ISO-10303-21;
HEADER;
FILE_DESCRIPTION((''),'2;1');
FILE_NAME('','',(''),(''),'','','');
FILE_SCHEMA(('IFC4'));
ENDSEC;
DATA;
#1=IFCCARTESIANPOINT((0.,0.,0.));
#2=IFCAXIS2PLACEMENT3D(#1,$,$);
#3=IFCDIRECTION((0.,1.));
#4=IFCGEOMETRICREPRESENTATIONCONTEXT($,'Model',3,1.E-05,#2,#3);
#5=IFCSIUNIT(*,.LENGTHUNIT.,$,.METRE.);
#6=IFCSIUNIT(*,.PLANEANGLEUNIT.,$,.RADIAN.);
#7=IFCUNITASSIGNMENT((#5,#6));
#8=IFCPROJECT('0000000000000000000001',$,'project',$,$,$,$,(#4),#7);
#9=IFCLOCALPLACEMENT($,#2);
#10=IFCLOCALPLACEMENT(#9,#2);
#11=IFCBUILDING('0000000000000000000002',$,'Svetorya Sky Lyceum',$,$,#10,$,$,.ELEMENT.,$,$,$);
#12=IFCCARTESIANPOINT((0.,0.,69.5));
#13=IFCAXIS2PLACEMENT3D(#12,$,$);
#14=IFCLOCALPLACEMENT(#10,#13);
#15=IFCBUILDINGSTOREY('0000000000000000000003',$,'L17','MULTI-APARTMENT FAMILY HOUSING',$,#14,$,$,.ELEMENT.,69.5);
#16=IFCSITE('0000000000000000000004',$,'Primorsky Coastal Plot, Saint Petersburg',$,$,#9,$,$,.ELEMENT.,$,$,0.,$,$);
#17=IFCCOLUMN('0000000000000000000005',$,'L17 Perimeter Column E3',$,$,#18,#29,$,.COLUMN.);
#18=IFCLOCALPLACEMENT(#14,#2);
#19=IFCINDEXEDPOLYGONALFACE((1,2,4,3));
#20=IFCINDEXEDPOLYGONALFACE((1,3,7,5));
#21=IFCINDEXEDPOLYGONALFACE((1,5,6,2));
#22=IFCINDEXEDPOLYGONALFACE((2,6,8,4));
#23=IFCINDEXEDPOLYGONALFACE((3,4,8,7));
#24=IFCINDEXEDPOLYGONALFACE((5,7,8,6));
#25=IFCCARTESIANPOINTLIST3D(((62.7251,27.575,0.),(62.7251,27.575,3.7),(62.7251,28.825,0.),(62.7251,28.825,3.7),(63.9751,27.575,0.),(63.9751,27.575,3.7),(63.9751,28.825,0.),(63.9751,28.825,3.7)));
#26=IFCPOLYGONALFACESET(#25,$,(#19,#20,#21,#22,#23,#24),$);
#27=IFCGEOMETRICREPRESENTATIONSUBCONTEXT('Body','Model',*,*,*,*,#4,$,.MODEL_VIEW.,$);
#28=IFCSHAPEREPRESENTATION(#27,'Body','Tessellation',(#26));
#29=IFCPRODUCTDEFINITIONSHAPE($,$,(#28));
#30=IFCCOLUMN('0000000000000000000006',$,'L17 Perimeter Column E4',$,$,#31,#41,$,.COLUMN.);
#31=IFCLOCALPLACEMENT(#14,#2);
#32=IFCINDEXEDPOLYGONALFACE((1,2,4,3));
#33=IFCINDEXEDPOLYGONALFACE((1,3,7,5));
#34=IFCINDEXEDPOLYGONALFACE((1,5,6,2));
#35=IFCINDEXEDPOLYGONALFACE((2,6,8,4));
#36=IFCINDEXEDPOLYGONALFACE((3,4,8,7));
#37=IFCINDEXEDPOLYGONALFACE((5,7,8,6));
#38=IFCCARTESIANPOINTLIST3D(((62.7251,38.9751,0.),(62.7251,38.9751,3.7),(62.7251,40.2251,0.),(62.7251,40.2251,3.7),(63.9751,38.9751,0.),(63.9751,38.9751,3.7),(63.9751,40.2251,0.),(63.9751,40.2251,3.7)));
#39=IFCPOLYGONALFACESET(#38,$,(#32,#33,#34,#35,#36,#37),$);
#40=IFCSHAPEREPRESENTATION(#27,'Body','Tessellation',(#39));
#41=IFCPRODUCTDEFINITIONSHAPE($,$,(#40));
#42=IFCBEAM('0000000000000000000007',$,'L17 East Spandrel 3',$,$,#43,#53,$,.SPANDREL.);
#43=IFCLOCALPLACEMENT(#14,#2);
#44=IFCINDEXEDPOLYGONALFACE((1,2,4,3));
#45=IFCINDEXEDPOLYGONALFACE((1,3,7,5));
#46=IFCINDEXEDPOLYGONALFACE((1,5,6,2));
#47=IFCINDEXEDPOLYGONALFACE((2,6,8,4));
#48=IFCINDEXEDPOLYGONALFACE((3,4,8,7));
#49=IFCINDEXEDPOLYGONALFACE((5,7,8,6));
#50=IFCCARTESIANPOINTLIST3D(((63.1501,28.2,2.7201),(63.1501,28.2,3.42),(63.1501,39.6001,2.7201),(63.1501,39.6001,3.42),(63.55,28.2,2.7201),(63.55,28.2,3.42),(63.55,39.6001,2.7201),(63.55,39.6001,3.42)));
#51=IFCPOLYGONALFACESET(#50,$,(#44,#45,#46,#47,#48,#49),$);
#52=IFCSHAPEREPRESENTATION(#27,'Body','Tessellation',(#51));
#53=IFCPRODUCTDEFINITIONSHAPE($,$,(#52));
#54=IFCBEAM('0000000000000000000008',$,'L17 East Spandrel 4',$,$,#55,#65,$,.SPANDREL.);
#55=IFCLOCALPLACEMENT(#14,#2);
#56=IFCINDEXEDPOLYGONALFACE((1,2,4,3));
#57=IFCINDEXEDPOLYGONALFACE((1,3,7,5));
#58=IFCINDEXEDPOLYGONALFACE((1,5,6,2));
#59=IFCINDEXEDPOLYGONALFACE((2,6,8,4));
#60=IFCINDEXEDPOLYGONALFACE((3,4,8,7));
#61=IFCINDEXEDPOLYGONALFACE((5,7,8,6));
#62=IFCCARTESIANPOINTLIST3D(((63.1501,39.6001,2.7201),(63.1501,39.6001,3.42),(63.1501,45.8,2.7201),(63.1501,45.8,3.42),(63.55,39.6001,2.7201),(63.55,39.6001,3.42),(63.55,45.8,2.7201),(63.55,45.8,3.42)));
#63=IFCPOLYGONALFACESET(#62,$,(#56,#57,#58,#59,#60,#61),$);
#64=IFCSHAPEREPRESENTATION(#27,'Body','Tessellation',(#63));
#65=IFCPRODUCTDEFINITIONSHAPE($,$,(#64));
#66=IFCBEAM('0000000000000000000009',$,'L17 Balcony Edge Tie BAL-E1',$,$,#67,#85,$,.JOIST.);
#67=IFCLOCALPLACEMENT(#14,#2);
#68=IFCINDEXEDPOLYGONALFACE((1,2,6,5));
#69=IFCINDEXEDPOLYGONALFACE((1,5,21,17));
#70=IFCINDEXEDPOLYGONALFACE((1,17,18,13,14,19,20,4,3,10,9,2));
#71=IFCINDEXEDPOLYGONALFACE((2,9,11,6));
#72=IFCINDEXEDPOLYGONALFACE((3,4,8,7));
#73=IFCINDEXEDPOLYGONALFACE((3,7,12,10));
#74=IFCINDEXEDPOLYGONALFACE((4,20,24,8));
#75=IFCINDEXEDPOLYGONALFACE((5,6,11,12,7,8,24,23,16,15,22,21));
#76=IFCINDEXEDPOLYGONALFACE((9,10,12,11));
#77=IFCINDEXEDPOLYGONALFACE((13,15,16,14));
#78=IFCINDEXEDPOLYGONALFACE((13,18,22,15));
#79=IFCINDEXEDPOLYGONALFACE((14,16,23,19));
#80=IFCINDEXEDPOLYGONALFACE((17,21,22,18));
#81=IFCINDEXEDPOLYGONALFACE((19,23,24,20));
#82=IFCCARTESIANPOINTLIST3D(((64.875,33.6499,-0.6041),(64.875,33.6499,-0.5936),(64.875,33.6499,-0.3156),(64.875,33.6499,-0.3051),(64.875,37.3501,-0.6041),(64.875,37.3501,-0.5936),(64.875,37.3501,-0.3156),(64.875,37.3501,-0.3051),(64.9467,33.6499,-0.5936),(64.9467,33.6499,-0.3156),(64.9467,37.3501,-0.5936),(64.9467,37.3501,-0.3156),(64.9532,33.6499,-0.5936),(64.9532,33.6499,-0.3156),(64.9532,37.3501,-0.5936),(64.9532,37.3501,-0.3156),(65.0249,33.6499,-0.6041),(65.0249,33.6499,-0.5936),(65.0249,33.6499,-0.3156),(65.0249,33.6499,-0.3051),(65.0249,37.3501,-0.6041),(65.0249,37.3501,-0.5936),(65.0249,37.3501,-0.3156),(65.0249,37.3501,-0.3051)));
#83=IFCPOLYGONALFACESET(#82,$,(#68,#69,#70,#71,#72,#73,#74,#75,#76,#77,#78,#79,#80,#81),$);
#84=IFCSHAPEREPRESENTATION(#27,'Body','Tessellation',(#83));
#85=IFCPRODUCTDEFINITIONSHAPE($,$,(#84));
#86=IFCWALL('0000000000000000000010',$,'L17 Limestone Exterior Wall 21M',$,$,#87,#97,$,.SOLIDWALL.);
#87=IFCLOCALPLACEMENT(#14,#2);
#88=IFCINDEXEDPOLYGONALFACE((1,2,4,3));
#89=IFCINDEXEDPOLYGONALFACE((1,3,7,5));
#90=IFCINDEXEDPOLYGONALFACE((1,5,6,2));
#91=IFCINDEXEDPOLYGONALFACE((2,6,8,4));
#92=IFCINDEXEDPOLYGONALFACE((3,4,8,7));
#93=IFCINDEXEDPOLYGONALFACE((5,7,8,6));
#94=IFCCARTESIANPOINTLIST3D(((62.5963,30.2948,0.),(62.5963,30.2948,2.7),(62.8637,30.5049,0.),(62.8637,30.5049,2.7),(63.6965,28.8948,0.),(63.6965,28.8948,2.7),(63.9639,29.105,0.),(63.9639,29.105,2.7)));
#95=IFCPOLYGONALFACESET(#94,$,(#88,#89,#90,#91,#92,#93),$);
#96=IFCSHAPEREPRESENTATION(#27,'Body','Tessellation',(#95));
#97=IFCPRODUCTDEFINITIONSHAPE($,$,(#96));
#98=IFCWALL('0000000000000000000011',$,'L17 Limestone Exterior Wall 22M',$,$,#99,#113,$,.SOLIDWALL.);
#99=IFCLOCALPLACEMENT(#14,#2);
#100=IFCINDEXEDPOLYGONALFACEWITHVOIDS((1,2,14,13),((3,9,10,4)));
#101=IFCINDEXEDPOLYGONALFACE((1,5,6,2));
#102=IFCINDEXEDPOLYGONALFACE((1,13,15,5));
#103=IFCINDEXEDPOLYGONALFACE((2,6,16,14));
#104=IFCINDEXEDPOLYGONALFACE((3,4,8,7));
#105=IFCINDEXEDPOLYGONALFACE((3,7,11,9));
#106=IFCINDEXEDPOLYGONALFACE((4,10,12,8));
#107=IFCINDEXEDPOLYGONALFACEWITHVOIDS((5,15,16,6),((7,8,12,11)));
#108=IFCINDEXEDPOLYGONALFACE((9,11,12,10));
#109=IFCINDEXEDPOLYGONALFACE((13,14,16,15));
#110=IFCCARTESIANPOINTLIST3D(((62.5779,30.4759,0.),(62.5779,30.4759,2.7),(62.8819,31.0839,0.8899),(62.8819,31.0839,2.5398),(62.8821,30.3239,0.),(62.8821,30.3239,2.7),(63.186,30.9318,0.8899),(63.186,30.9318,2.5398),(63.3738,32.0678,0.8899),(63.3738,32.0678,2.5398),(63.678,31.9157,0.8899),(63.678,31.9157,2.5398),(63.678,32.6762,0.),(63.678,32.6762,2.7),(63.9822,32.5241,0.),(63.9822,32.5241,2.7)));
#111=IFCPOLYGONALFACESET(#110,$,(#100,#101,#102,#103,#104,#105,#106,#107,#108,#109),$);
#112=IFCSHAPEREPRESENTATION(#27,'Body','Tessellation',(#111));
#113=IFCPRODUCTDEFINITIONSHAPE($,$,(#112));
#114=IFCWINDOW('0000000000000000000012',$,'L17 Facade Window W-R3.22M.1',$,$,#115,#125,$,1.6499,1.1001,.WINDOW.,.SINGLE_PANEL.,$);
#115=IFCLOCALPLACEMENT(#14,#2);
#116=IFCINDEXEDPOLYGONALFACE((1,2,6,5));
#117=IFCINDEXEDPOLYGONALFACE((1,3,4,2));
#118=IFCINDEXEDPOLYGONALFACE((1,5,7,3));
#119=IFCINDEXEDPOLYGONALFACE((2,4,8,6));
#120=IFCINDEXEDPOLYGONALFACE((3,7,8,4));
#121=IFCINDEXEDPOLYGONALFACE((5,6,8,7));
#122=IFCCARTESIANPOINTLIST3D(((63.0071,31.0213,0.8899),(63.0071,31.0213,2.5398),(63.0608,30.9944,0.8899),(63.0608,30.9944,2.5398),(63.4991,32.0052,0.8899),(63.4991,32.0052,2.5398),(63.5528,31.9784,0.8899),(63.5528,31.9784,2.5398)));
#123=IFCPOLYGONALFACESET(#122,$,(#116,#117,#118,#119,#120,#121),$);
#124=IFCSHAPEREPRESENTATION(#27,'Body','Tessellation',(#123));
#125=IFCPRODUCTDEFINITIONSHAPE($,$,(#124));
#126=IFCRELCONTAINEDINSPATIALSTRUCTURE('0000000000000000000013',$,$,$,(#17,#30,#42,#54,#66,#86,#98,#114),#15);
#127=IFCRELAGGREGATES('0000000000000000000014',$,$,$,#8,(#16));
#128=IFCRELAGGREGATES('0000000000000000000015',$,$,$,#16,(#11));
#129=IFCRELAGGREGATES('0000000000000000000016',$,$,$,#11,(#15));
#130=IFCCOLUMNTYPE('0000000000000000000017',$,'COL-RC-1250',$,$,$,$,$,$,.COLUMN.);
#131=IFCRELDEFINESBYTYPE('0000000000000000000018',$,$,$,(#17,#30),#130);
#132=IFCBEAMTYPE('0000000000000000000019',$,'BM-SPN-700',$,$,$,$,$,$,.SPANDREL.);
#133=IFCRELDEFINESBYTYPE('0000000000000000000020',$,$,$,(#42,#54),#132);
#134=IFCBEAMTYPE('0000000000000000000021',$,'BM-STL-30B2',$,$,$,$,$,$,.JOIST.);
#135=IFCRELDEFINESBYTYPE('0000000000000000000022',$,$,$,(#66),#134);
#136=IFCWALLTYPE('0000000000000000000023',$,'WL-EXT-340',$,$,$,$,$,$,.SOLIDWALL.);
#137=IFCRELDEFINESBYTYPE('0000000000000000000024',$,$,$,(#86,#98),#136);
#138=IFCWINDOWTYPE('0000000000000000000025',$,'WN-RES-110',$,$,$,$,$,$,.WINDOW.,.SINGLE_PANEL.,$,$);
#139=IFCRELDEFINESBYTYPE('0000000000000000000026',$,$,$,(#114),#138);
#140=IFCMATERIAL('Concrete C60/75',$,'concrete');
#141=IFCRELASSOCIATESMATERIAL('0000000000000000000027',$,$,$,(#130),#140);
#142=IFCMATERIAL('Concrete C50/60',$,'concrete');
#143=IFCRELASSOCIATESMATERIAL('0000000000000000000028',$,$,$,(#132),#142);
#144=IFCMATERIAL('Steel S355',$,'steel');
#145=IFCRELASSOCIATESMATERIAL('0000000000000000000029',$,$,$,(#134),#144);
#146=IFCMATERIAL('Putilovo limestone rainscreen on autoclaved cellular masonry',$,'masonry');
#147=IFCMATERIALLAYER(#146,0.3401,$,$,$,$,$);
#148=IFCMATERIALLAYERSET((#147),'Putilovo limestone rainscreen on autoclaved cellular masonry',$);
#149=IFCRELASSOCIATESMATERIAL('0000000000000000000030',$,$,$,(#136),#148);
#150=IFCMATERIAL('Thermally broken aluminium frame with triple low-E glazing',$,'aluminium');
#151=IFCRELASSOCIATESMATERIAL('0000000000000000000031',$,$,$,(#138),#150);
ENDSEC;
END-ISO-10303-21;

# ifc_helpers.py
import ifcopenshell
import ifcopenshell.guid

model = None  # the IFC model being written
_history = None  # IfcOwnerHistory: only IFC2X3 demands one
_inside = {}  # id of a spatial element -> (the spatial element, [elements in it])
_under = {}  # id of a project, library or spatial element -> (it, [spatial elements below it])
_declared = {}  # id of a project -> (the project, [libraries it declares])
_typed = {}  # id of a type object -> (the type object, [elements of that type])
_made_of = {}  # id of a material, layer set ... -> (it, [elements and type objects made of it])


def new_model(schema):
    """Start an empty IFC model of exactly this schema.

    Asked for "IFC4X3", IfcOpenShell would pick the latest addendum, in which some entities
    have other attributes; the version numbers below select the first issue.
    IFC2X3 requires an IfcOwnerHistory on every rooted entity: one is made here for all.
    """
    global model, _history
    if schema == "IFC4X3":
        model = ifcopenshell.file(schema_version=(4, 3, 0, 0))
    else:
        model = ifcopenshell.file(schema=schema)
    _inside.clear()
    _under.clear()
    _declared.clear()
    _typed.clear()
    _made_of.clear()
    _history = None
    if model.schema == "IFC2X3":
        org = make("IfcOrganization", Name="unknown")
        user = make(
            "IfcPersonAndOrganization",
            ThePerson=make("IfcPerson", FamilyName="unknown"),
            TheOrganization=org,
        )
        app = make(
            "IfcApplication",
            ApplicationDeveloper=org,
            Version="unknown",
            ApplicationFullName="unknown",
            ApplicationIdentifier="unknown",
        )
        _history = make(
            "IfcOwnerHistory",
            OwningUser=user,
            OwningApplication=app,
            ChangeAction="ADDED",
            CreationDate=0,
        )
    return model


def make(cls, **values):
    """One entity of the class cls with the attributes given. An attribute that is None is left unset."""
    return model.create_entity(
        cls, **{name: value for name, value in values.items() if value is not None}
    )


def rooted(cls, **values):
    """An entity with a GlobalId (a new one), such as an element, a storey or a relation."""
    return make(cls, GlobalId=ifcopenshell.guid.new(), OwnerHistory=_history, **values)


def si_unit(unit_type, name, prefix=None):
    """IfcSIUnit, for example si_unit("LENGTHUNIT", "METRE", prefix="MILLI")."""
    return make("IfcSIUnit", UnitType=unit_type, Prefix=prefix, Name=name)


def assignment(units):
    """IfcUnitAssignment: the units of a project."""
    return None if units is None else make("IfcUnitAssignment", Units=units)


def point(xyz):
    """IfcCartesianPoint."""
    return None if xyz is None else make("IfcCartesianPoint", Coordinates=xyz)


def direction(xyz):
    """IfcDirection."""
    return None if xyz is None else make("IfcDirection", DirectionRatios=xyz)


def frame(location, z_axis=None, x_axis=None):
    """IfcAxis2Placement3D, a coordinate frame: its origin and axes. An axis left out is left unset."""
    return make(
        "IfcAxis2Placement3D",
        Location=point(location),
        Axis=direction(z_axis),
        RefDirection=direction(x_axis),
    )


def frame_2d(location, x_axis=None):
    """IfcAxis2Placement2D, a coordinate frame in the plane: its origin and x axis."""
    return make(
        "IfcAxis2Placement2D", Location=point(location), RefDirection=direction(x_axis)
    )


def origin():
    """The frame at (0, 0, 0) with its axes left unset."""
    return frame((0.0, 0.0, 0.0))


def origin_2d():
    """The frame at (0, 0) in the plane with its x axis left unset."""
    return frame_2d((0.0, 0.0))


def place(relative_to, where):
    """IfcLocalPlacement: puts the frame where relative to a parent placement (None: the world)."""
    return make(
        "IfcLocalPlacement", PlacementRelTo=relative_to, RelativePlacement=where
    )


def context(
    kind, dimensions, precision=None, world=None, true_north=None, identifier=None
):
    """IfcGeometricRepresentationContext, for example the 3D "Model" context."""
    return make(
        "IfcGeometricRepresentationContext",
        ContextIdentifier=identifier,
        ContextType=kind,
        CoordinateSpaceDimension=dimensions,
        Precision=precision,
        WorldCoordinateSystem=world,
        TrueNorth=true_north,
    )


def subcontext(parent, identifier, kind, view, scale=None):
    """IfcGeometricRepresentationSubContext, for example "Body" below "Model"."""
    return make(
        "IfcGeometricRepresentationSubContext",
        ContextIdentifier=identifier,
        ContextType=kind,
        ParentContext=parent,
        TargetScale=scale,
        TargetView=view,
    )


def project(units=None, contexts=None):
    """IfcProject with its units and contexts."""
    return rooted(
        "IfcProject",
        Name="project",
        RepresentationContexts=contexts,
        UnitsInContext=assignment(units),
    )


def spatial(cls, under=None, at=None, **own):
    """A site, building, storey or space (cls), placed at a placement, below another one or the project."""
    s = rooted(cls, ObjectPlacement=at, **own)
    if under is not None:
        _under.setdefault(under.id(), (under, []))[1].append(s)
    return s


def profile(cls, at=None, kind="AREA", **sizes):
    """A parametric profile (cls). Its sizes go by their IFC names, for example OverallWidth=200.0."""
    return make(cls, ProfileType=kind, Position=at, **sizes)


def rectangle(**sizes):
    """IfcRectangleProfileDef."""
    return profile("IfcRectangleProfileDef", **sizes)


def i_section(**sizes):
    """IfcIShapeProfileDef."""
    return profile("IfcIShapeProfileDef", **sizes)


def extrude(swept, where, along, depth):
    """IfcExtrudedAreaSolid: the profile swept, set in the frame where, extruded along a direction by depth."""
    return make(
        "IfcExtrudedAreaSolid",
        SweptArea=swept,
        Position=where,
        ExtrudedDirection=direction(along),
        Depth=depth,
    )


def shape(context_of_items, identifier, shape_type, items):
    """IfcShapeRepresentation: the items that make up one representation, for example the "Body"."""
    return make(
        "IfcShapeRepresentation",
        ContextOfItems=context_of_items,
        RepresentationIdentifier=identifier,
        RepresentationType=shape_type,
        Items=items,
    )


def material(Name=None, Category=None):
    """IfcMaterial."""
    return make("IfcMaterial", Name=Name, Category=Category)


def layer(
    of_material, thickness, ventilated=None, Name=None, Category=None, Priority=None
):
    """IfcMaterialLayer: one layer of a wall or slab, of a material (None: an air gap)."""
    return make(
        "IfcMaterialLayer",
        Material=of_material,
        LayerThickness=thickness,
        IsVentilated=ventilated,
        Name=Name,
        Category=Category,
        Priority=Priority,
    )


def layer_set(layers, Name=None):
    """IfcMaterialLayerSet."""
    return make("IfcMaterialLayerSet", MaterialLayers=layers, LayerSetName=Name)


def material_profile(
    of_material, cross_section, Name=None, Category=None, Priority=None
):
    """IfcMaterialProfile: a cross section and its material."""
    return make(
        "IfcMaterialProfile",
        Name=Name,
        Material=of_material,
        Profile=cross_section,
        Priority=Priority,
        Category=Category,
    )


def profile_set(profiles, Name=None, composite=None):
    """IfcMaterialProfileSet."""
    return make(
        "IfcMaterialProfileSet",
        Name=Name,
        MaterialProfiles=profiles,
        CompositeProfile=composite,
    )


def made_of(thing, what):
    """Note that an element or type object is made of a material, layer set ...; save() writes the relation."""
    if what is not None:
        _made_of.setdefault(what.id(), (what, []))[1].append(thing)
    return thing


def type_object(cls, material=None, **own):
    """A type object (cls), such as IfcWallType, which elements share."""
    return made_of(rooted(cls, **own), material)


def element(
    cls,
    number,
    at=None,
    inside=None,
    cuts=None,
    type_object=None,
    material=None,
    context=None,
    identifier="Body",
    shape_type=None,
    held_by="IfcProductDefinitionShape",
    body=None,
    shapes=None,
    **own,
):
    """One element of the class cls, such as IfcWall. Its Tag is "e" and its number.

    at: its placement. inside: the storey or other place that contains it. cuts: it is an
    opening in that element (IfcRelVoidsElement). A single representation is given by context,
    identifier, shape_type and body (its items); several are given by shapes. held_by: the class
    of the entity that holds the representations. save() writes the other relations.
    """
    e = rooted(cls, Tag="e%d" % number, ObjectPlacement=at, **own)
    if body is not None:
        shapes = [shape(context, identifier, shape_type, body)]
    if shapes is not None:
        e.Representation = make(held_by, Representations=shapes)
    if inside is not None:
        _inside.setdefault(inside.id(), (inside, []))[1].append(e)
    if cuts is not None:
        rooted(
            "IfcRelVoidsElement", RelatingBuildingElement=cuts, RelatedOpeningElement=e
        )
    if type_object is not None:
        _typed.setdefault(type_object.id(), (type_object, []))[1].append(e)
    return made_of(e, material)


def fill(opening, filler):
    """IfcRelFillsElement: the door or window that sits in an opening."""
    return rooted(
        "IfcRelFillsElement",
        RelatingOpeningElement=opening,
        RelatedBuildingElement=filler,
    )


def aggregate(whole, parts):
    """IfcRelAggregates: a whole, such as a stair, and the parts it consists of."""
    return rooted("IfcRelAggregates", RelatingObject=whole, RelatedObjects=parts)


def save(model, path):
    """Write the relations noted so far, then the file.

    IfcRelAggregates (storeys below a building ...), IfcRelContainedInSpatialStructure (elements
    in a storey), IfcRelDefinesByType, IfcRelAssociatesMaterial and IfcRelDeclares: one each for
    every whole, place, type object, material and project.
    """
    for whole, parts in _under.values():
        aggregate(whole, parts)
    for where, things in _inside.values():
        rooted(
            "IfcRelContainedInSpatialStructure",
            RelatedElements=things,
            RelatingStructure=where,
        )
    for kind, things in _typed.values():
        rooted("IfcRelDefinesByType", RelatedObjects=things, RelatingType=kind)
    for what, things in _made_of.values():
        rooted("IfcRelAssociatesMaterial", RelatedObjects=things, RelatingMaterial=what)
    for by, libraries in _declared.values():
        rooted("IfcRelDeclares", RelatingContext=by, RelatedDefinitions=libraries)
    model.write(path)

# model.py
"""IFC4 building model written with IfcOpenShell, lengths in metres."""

from ifc_helpers import new_model, si_unit, direction, frame, frame_2d, origin, origin_2d, place, context, subcontext, project, spatial, rectangle, i_section, extrude, material, layer, layer_set, material_profile, profile_set, type_object, element, fill, save


model = new_model("IFC4")

# Units and contexts
model_context = context("Model", 3, precision=1e-05, world=origin(), true_north=direction((0.0, 1.0)))
body_context = subcontext(model_context, "Body", "Model", "MODEL_VIEW")
ifc_project = project(units=[si_unit("LENGTHUNIT", "METRE"), si_unit("PLANEANGLEUNIT", "RADIAN")], contexts=[model_context])

# Site, building, storey
site_placement = place(None, origin())
site = spatial("IfcSite", under=ifc_project, at=site_placement, Name="Primorsky Coastal Plot, Saint Petersburg", CompositionType="ELEMENT", RefElevation=0.0)
building_placement = place(site_placement, origin())
building = spatial("IfcBuilding", under=site, at=building_placement, Name="Svetorya Sky Lyceum", CompositionType="ELEMENT")
storey_placement = place(building_placement, frame((0.0, 0.0, 69.5)))
storey = spatial("IfcBuildingStorey", under=building, at=storey_placement, Name="L17", Description="MULTI-APARTMENT FAMILY HOUSING", CompositionType="ELEMENT", Elevation=69.5)

# Columns
ifc_material_1 = material(Name="Concrete C60/75", Category="concrete")
ifc_material_profile_1 = material_profile(ifc_material_1, rectangle(XDim=1.25, YDim=1.25, at=origin_2d()), Name="RC COL 1250x1250")
ifc_profile_set_1 = profile_set([ifc_material_profile_1], Name="Concrete C60/75")
column_type = type_object("IfcColumnType", Name="COL-RC-1250", PredefinedType="COLUMN", material=ifc_profile_set_1)
for number, where, z_axis, x_axis, name in (
    (1, (63.3501, 28.2, 0.0), (0.0, 0.0, 1.0), (1.0, 0.0, 0.0), "L17 Perimeter Column E3"),
    (2, (63.3501, 39.6001, 0.0), (0.0, 0.0, 1.0), (1.0, 0.0, 0.0), "L17 Perimeter Column E4"),
):
    element("IfcColumn", number, at=place(storey_placement, frame(where, z_axis=z_axis, x_axis=x_axis)), inside=storey, type_object=column_type, Name=name, PredefinedType="COLUMN", context=body_context, shape_type="SweptSolid", body=[
        extrude(rectangle(XDim=1.25, YDim=1.25, at=origin_2d()), origin(), (0.0, 0.0, 1.0), 3.7),
    ])

# Beams
ifc_material_2 = material(Name="Concrete C50/60", Category="concrete")
ifc_material_profile_2 = material_profile(ifc_material_2, rectangle(XDim=0.3999, YDim=0.7, at=origin_2d()), Name="RC SPANDREL 400x700")
ifc_profile_set_2 = profile_set([ifc_material_profile_2], Name="Concrete C50/60")
beam_type_1 = type_object("IfcBeamType", Name="BM-SPN-700", PredefinedType="SPANDREL", material=ifc_profile_set_2)
beam_1_placement = place(storey_placement, frame((63.3501, 28.2, 3.0701), z_axis=(0.0, 1.0, 0.0), x_axis=(-1.0, 0.0, 0.0)))
element("IfcBeam", 3, at=beam_1_placement, inside=storey, type_object=beam_type_1, Name="L17 East Spandrel 3", PredefinedType="SPANDREL", context=body_context, shape_type="SweptSolid", body=[
    extrude(rectangle(XDim=0.3999, YDim=0.7, at=origin_2d()), origin(), (0.0, 0.0, 1.0), 11.4001),
])
beam_2_placement = place(storey_placement, frame((63.3501, 39.6001, 3.0701), z_axis=(0.0, 1.0, 0.0), x_axis=(-1.0, 0.0, 0.0)))
element("IfcBeam", 4, at=beam_2_placement, inside=storey, type_object=beam_type_1, Name="L17 East Spandrel 4", PredefinedType="SPANDREL", context=body_context, shape_type="SweptSolid", body=[
    extrude(rectangle(XDim=0.3999, YDim=0.7, at=origin_2d()), origin(), (0.0, 0.0, 1.0), 6.2),
])
ifc_material_3 = material(Name="Steel S355", Category="steel")
ifc_material_profile_3 = material_profile(ifc_material_3, i_section(OverallWidth=0.1499, OverallDepth=0.2991, WebThickness=0.0066, FlangeThickness=0.0105, at=origin_2d()), Name="GOST 30B2")
ifc_profile_set_3 = profile_set([ifc_material_profile_3], Name="Steel S355")
beam_type_2 = type_object("IfcBeamType", Name="BM-STL-30B2", PredefinedType="JOIST", material=ifc_profile_set_3)
beam_3_placement = place(storey_placement, frame((64.95, 33.6499, -0.4546), z_axis=(0.0, 1.0, 0.0), x_axis=(-1.0, 0.0, 0.0)))
element("IfcBeam", 5, at=beam_3_placement, inside=storey, type_object=beam_type_2, Name="L17 Balcony Edge Tie BAL-E1", PredefinedType="JOIST", context=body_context, shape_type="SweptSolid", body=[
    extrude(i_section(OverallWidth=0.1499, OverallDepth=0.2991, WebThickness=0.0066, FlangeThickness=0.0105, at=origin_2d()), origin(), (0.0, 0.0, 1.0), 3.7002),
])

# Wall
ifc_material_4 = material(Name="Putilovo limestone rainscreen on autoclaved cellular masonry", Category="masonry")
ifc_layer = layer(ifc_material_4, 0.3401)
ifc_layer_set = layer_set([ifc_layer], Name="Putilovo limestone rainscreen on autoclaved cellular masonry")
wall_type = type_object("IfcWallType", Name="WL-EXT-340", PredefinedType="SOLIDWALL", material=ifc_layer_set)
wall_1_placement = place(storey_placement, frame((63.8301, 29.0, 0.0), z_axis=(0.0, 0.0, 1.0), x_axis=(-0.617882, 0.786271, 0.0)))
element("IfcWall", 6, at=wall_1_placement, inside=storey, type_object=wall_type, Name="L17 Limestone Exterior Wall 21M", PredefinedType="SOLIDWALL", context=body_context, shape_type="SweptSolid", body=[
    extrude(rectangle(XDim=1.7805, YDim=0.3401, at=frame_2d((0.8901, 0.0))), origin(), (0.0, 0.0, 1.0), 2.7),
])

# Wall, opening, window
wall_2_placement = place(storey_placement, frame((62.73, 30.3999, 0.0), z_axis=(0.0, 0.0, 1.0), x_axis=(0.447214, 0.894427, 0.0)))
wall_2 = element("IfcWall", 7, at=wall_2_placement, inside=storey, type_object=wall_type, Name="L17 Limestone Exterior Wall 22M", PredefinedType="SOLIDWALL", context=body_context, shape_type="SweptSolid", body=[
    extrude(rectangle(XDim=2.46, YDim=0.3401, at=frame_2d((1.23, 0.0))), origin(), (0.0, 0.0, 1.0), 2.7),
])
opening_1_placement = place(wall_2_placement, frame((0.6797, 0.0, 0.8899)))
opening_1 = element("IfcOpeningElement", 8, at=opening_1_placement, cuts=wall_2, PredefinedType="OPENING", context=body_context, shape_type="SweptSolid", body=[
    extrude(rectangle(XDim=1.1001, YDim=1.6499, at=frame_2d((0.55, 0.825))), frame((0.0, 0.1799, 0.0), z_axis=(0.0, -1.0, 0.0), x_axis=(1.0, 0.0, 0.0)), (0.0, 0.0, 1.0), 0.3601),
])
ifc_material_5 = material(Name="Thermally broken aluminium frame with triple low-E glazing", Category="aluminium")
window_type_1 = type_object("IfcWindowType", Name="WN-RES-110", PartitioningType="SINGLE_PANEL", PredefinedType="WINDOW", material=ifc_material_5)
window_1_placement = place(opening_1_placement, origin())
window_1 = element("IfcWindow", 9, at=window_1_placement, inside=storey, type_object=window_type_1, Name="L17 Facade Window W-R3.22M.1", OverallHeight=1.6499, OverallWidth=1.1001, PartitioningType="SINGLE_PANEL", PredefinedType="WINDOW", context=body_context, shape_type="SweptSolid", body=[
    extrude(rectangle(XDim=1.1001, YDim=1.6499, at=frame_2d((0.55, 0.825))), frame((0.0, 0.03, 0.0), z_axis=(0.0, -1.0, 0.0), x_axis=(1.0, 0.0, 0.0)), (0.0, 0.0, 1.0), 0.0601),
])
fill(opening_1, window_1)

save(model, "model.ifc")
